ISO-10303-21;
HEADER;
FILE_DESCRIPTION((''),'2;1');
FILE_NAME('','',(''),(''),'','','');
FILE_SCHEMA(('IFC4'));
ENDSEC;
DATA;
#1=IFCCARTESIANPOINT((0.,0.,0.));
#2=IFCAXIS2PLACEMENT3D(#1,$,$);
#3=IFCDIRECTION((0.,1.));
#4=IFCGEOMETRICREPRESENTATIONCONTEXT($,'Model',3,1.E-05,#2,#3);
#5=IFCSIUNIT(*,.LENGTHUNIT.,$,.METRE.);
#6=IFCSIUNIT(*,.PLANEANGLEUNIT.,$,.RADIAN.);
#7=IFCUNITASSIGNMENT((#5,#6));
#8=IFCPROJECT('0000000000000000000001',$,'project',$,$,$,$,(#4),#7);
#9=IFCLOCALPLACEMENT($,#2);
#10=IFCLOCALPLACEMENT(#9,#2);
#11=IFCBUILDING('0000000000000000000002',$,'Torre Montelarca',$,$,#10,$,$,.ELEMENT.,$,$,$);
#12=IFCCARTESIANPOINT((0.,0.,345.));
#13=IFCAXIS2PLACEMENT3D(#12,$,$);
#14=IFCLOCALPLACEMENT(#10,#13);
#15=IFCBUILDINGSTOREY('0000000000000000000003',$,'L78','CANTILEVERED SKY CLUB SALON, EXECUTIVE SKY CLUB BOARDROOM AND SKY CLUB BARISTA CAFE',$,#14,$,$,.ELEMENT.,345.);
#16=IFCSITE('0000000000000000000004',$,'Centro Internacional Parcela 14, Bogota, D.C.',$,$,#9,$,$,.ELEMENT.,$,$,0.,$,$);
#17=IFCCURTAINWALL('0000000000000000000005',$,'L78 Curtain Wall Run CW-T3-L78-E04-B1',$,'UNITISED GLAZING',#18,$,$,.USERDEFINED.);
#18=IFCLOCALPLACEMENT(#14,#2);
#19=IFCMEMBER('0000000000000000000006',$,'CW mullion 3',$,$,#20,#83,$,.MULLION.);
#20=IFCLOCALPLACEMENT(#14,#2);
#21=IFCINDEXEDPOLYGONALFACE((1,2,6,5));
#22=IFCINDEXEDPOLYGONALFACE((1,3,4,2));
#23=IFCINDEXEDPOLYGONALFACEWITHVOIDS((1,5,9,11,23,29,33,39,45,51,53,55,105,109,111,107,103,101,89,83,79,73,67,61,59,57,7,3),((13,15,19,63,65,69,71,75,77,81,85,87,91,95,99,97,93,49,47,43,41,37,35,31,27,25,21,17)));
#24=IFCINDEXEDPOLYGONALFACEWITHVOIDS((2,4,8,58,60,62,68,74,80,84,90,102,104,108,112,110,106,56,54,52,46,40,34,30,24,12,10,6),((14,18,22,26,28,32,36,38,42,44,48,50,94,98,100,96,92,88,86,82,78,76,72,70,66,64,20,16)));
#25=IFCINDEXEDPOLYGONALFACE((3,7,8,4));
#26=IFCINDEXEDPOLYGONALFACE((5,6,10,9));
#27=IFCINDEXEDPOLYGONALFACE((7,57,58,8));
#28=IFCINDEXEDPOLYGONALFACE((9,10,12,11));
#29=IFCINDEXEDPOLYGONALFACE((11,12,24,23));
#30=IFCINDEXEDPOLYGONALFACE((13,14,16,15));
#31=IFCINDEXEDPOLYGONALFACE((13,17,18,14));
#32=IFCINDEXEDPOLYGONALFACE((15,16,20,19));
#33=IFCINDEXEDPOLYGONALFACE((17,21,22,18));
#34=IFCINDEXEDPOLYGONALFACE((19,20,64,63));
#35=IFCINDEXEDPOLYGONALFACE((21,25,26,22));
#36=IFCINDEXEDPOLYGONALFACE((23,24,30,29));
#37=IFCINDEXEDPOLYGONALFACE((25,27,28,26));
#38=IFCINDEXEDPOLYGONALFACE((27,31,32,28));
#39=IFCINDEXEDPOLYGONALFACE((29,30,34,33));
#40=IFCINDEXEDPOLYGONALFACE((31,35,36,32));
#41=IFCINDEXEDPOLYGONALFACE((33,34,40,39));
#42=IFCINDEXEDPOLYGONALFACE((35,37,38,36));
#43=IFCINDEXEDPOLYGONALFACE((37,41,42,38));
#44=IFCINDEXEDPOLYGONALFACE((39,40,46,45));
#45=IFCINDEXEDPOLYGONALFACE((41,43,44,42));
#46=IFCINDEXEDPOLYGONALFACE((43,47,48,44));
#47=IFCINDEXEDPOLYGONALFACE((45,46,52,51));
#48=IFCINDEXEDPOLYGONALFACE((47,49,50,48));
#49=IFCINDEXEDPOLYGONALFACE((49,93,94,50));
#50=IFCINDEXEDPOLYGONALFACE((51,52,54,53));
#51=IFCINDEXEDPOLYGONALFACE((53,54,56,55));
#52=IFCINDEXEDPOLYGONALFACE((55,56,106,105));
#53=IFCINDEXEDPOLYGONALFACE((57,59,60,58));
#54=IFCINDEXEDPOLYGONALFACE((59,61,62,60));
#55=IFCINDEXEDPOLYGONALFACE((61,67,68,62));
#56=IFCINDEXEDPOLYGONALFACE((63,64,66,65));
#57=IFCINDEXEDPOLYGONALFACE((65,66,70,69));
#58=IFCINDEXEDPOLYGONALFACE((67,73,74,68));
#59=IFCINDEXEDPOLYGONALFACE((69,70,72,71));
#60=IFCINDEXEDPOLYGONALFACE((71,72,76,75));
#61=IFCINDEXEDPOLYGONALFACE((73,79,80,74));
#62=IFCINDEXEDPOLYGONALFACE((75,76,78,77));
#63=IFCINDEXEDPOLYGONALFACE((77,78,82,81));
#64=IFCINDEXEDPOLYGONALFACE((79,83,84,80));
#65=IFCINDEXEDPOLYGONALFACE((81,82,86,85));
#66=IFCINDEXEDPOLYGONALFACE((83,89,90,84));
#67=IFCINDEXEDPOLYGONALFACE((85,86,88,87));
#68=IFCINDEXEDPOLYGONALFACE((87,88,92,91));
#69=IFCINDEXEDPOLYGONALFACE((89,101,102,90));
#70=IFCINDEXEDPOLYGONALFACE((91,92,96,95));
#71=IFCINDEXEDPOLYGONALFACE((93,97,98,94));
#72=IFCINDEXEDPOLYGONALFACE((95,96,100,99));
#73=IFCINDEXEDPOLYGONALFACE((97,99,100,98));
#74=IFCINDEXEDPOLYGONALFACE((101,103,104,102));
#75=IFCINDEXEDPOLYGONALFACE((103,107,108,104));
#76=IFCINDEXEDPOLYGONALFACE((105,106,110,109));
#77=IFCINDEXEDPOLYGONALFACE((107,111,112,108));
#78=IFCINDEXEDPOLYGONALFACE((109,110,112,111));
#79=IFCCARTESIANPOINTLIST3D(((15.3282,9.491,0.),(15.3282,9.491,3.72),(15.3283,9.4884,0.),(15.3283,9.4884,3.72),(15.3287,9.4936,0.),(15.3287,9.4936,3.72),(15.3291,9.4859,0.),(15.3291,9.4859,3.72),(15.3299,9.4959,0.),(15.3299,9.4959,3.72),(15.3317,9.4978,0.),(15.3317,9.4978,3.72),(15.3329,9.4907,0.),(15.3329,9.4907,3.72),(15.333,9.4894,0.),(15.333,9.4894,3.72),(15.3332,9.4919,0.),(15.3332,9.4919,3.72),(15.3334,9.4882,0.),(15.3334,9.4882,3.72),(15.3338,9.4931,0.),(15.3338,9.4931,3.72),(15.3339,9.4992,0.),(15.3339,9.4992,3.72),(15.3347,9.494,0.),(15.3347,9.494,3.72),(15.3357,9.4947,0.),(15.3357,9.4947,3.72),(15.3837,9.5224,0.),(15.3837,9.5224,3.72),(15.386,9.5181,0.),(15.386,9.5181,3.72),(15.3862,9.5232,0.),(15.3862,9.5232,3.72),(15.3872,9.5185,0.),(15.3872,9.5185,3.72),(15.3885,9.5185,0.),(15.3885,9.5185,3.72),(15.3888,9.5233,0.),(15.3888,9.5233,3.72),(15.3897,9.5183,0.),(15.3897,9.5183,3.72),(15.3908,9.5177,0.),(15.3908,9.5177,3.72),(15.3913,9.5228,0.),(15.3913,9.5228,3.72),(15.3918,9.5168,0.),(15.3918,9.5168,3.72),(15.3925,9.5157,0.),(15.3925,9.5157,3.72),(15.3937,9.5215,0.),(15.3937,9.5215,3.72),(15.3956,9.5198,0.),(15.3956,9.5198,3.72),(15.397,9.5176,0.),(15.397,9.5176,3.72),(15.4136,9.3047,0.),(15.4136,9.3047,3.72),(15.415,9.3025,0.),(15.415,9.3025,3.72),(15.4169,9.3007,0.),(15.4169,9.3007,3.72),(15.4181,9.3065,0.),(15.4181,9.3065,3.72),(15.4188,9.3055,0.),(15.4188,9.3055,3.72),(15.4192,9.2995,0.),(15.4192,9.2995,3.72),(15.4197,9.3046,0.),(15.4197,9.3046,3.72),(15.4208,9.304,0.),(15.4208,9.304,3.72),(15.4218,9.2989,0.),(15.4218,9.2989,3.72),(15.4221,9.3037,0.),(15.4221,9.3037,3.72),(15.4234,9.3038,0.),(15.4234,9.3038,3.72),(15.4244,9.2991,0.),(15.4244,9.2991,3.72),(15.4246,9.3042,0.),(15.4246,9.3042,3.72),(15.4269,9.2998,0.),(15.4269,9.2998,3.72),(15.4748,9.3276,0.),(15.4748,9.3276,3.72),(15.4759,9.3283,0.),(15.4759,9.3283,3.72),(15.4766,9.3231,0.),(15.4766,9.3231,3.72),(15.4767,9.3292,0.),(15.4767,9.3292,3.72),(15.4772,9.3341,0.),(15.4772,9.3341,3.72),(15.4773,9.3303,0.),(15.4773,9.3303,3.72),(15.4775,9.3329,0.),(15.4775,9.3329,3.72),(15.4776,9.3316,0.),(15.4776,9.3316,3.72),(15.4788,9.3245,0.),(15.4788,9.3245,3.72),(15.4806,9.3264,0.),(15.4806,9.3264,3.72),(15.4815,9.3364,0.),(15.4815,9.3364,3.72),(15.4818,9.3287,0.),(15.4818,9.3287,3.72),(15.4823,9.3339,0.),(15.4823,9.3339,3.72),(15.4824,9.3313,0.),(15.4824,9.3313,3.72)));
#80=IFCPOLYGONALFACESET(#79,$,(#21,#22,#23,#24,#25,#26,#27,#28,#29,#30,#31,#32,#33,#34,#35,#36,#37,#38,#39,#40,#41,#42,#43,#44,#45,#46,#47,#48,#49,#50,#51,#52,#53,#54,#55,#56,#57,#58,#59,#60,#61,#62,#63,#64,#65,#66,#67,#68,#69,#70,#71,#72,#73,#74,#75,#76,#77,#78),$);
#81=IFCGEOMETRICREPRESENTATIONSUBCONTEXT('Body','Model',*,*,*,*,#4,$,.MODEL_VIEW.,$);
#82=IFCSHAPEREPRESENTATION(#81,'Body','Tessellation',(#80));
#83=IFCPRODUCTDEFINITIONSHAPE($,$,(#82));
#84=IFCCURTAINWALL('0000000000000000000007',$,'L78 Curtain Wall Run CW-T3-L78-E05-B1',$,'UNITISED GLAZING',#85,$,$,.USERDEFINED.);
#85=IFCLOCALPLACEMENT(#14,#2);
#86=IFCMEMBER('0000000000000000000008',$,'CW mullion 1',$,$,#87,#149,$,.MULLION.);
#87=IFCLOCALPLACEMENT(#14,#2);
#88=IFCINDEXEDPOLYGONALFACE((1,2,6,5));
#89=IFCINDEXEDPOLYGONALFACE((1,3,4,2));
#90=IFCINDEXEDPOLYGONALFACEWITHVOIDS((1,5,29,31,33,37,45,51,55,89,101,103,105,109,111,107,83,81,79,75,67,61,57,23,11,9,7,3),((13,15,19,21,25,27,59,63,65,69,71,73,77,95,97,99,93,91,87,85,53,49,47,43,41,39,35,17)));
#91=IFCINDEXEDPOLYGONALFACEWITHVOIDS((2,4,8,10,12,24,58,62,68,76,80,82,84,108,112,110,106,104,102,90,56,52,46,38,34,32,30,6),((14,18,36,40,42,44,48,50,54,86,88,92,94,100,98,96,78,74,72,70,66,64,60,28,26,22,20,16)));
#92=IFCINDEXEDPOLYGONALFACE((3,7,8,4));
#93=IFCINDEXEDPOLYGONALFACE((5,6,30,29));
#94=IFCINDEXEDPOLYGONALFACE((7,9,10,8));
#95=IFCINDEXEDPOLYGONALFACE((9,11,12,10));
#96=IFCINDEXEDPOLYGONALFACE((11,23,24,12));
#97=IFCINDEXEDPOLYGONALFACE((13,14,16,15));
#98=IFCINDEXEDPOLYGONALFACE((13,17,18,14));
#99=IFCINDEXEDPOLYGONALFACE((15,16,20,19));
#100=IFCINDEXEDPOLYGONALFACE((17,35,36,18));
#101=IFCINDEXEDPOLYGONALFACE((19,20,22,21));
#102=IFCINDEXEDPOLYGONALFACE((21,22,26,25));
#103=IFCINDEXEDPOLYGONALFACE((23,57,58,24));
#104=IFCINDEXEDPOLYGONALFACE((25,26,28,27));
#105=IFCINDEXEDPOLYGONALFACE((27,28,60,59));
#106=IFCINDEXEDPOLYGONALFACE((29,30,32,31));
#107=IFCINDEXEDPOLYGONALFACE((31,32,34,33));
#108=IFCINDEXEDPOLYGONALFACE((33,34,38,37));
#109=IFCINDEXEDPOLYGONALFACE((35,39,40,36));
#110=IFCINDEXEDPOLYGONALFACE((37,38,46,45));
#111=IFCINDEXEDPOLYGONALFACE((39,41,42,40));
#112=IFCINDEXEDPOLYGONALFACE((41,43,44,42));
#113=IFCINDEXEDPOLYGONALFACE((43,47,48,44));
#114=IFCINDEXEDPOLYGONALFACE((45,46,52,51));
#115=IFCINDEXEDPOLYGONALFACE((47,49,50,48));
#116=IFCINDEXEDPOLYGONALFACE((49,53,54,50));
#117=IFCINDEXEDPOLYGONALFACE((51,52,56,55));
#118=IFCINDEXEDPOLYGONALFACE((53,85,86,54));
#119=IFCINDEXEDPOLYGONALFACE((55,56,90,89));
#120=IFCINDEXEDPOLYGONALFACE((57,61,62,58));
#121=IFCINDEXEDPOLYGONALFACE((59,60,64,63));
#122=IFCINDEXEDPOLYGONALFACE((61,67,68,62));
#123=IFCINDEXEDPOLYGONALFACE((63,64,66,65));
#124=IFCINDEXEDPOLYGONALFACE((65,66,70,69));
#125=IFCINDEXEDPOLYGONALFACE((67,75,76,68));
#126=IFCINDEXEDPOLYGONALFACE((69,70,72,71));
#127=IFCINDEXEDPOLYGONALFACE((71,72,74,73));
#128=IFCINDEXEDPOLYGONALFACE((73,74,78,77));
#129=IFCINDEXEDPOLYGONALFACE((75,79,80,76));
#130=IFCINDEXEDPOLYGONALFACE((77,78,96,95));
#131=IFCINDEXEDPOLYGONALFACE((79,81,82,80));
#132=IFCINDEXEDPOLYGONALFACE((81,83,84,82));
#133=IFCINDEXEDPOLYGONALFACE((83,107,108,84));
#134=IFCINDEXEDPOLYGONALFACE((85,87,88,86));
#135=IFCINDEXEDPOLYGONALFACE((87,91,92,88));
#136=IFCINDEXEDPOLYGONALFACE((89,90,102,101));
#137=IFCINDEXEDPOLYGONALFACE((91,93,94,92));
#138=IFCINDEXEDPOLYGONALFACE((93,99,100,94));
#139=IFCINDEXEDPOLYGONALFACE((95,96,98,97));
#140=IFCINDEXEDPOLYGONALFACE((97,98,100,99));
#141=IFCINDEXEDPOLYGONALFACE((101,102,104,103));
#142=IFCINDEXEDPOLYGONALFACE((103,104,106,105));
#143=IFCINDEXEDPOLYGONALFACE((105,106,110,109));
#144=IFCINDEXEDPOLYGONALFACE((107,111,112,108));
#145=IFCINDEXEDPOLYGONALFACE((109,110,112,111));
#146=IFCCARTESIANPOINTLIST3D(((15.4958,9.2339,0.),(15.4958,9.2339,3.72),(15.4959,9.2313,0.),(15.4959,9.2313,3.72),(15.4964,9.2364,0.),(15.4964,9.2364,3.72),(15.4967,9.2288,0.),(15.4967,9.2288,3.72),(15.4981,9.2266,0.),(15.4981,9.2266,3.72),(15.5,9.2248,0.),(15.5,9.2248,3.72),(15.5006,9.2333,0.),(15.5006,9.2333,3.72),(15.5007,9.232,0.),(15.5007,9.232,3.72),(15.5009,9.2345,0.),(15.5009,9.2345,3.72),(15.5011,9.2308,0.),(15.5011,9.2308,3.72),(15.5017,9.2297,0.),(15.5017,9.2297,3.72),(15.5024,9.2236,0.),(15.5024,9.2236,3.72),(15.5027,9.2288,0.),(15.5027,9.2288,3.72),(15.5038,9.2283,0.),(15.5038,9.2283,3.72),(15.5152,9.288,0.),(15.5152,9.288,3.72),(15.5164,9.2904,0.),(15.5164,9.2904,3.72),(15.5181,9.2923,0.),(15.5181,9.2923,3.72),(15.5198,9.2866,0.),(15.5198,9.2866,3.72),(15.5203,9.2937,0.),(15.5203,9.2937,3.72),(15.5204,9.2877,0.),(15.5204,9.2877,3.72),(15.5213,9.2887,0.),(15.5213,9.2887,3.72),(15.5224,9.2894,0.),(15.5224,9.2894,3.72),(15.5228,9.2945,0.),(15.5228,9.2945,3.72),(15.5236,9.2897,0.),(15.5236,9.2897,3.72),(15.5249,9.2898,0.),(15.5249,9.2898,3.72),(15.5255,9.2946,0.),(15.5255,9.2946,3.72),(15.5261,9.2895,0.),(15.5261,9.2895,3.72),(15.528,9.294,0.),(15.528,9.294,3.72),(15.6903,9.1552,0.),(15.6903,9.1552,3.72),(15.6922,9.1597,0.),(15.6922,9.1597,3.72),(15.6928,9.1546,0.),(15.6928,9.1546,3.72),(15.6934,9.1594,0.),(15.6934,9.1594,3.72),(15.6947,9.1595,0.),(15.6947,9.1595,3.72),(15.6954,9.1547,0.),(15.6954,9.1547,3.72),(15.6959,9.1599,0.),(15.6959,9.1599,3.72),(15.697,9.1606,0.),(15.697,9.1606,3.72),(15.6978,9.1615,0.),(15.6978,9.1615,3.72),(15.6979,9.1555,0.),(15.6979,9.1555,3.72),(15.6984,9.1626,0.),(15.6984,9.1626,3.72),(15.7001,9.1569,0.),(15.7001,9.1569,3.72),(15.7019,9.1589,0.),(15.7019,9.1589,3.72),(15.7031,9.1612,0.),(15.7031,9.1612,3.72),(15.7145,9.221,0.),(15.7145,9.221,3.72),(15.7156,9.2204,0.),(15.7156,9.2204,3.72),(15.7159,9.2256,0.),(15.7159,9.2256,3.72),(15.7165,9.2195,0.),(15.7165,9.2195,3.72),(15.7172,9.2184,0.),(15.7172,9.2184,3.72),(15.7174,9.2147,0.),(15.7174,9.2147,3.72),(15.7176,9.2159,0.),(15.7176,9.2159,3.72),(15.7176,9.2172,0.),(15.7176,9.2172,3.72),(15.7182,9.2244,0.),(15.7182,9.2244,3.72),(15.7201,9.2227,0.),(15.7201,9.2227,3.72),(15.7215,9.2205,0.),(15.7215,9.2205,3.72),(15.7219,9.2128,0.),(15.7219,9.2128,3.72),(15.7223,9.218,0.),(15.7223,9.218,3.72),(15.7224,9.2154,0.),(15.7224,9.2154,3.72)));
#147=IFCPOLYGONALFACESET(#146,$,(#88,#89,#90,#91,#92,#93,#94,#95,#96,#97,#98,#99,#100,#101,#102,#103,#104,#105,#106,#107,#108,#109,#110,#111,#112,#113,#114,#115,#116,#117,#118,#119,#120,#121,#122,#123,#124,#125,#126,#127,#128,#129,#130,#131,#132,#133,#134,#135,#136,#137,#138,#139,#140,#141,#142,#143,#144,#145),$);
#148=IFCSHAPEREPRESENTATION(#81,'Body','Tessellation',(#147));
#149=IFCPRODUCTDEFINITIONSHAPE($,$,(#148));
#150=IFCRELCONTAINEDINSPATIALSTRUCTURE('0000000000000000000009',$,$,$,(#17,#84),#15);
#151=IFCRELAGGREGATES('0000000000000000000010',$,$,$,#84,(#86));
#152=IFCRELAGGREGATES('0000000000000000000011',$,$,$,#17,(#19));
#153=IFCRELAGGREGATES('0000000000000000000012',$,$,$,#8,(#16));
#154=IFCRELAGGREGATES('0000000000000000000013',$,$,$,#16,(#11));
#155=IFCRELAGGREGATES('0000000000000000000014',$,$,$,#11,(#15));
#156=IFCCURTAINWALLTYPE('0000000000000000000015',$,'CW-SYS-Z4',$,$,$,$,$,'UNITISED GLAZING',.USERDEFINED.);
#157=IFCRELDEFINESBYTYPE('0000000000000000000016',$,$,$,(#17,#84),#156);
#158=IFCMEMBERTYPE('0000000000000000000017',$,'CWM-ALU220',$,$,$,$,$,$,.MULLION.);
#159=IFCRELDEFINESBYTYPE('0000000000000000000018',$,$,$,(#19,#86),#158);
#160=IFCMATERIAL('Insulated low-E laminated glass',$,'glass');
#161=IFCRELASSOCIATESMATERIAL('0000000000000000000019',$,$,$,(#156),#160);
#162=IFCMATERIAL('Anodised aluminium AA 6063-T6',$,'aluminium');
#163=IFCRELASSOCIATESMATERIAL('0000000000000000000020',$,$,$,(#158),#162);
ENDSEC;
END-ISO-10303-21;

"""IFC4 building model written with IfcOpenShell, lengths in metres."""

from ifc_helpers import new_model, si_unit, direction, frame, origin, origin_2d, place, context, subcontext, project, spatial, hollow_rectangle, extrude, source, transform, mapped, material, material_profile, profile_set, type_object, element, aggregate, save


model = new_model("IFC4")

# Units and contexts
model_context = context("Model", 3, precision=1e-05, world=origin(), true_north=direction((0.0, 1.0)))
body_context = subcontext(model_context, "Body", "Model", "MODEL_VIEW")
ifc_project = project(units=[si_unit("LENGTHUNIT", "METRE"), si_unit("PLANEANGLEUNIT", "RADIAN")], contexts=[model_context])

# Site, building, storey
site_placement = place(None, origin())
site = spatial("IfcSite", under=ifc_project, at=site_placement, Name="Centro Internacional Parcela 14, Bogota, D.C.", CompositionType="ELEMENT", RefElevation=0.0)
building_placement = place(site_placement, origin())
building = spatial("IfcBuilding", under=site, at=building_placement, Name="Torre Montelarca", CompositionType="ELEMENT")
storey_placement = place(building_placement, frame((0.0, 0.0, 345.0)))
storey = spatial("IfcBuildingStorey", under=building, at=storey_placement, Name="L78", Description="CANTILEVERED SKY CLUB SALON, EXECUTIVE SKY CLUB BOARDROOM AND SKY CLUB BARISTA CAFE", CompositionType="ELEMENT", Elevation=345.0)

# Curtain wall, member
ifc_material_1 = material(Name="Insulated low-E laminated glass", Category="glass")
curtain_wall_type = type_object("IfcCurtainWallType", Name="CW-SYS-Z4", ElementType="UNITISED GLAZING", PredefinedType="USERDEFINED", material=ifc_material_1)
ifc_material_2 = material(Name="Anodised aluminium AA 6063-T6", Category="aluminium")
ifc_material_profile_1 = material_profile(ifc_material_2, hollow_rectangle(XDim=0.075, YDim=0.22, WallThickness=0.0049, InnerFilletRadius=0.0049, OuterFilletRadius=0.01, at=origin_2d()), Name="ALU75X220X5", Category="aluminium")
ifc_profile_set_1 = profile_set([ifc_material_profile_1], Name="Anodised aluminium AA 6063-T6")
member_type_1 = type_object("IfcMemberType", Name="CWM-ALU220", PredefinedType="MULLION", material=ifc_profile_set_1)
shared_shape_1 = source(origin(), body_context, "Body", "SweptSolid", [
    extrude(hollow_rectangle(XDim=0.075, YDim=0.22, WallThickness=0.0049, InnerFilletRadius=0.0049, OuterFilletRadius=0.01, at=origin_2d()), origin(), (0.0, 0.0, 1.0), 3.72),
])
curtain_wall_1_placement = place(storey_placement, origin())
curtain_wall_1 = element("IfcCurtainWall", 1, at=curtain_wall_1_placement, inside=storey, type_object=curtain_wall_type, Name="L78 Curtain Wall Run CW-T3-L78-E04-B1", ObjectType="UNITISED GLAZING", PredefinedType="USERDEFINED")
member_1_placement = place(storey_placement, frame((15.4053, 9.4111, 0.0), z_axis=(0.0, 0.0, 1.0), x_axis=(0.906317, 0.422599, 0.0)))
member_1 = element("IfcMember", 2, at=member_1_placement, type_object=member_type_1, Name="CW mullion 3", PredefinedType="MULLION", context=body_context, shape_type="MappedRepresentation", body=[
    mapped(shared_shape_1, transform((0.0, 0.0, 0.0), scale=1.0)),
])

# Curtain wall, member
curtain_wall_2_placement = place(storey_placement, origin())
curtain_wall_2 = element("IfcCurtainWall", 3, at=curtain_wall_2_placement, inside=storey, type_object=curtain_wall_type, Name="L78 Curtain Wall Run CW-T3-L78-E05-B1", ObjectType="UNITISED GLAZING", PredefinedType="USERDEFINED")
member_2_placement = place(storey_placement, frame((15.6091, 9.2246, 0.0), z_axis=(0.0, 0.0, 1.0), x_axis=(0.342015, 0.939694, 0.0)))
member_2 = element("IfcMember", 4, at=member_2_placement, type_object=member_type_1, Name="CW mullion 1", PredefinedType="MULLION", context=body_context, shape_type="MappedRepresentation", body=[
    mapped(shared_shape_1, transform((0.0, 0.0, 0.0), scale=1.0)),
])

aggregate(curtain_wall_2, [member_2])
aggregate(curtain_wall_1, [member_1])

save(model, "model.ifc")
